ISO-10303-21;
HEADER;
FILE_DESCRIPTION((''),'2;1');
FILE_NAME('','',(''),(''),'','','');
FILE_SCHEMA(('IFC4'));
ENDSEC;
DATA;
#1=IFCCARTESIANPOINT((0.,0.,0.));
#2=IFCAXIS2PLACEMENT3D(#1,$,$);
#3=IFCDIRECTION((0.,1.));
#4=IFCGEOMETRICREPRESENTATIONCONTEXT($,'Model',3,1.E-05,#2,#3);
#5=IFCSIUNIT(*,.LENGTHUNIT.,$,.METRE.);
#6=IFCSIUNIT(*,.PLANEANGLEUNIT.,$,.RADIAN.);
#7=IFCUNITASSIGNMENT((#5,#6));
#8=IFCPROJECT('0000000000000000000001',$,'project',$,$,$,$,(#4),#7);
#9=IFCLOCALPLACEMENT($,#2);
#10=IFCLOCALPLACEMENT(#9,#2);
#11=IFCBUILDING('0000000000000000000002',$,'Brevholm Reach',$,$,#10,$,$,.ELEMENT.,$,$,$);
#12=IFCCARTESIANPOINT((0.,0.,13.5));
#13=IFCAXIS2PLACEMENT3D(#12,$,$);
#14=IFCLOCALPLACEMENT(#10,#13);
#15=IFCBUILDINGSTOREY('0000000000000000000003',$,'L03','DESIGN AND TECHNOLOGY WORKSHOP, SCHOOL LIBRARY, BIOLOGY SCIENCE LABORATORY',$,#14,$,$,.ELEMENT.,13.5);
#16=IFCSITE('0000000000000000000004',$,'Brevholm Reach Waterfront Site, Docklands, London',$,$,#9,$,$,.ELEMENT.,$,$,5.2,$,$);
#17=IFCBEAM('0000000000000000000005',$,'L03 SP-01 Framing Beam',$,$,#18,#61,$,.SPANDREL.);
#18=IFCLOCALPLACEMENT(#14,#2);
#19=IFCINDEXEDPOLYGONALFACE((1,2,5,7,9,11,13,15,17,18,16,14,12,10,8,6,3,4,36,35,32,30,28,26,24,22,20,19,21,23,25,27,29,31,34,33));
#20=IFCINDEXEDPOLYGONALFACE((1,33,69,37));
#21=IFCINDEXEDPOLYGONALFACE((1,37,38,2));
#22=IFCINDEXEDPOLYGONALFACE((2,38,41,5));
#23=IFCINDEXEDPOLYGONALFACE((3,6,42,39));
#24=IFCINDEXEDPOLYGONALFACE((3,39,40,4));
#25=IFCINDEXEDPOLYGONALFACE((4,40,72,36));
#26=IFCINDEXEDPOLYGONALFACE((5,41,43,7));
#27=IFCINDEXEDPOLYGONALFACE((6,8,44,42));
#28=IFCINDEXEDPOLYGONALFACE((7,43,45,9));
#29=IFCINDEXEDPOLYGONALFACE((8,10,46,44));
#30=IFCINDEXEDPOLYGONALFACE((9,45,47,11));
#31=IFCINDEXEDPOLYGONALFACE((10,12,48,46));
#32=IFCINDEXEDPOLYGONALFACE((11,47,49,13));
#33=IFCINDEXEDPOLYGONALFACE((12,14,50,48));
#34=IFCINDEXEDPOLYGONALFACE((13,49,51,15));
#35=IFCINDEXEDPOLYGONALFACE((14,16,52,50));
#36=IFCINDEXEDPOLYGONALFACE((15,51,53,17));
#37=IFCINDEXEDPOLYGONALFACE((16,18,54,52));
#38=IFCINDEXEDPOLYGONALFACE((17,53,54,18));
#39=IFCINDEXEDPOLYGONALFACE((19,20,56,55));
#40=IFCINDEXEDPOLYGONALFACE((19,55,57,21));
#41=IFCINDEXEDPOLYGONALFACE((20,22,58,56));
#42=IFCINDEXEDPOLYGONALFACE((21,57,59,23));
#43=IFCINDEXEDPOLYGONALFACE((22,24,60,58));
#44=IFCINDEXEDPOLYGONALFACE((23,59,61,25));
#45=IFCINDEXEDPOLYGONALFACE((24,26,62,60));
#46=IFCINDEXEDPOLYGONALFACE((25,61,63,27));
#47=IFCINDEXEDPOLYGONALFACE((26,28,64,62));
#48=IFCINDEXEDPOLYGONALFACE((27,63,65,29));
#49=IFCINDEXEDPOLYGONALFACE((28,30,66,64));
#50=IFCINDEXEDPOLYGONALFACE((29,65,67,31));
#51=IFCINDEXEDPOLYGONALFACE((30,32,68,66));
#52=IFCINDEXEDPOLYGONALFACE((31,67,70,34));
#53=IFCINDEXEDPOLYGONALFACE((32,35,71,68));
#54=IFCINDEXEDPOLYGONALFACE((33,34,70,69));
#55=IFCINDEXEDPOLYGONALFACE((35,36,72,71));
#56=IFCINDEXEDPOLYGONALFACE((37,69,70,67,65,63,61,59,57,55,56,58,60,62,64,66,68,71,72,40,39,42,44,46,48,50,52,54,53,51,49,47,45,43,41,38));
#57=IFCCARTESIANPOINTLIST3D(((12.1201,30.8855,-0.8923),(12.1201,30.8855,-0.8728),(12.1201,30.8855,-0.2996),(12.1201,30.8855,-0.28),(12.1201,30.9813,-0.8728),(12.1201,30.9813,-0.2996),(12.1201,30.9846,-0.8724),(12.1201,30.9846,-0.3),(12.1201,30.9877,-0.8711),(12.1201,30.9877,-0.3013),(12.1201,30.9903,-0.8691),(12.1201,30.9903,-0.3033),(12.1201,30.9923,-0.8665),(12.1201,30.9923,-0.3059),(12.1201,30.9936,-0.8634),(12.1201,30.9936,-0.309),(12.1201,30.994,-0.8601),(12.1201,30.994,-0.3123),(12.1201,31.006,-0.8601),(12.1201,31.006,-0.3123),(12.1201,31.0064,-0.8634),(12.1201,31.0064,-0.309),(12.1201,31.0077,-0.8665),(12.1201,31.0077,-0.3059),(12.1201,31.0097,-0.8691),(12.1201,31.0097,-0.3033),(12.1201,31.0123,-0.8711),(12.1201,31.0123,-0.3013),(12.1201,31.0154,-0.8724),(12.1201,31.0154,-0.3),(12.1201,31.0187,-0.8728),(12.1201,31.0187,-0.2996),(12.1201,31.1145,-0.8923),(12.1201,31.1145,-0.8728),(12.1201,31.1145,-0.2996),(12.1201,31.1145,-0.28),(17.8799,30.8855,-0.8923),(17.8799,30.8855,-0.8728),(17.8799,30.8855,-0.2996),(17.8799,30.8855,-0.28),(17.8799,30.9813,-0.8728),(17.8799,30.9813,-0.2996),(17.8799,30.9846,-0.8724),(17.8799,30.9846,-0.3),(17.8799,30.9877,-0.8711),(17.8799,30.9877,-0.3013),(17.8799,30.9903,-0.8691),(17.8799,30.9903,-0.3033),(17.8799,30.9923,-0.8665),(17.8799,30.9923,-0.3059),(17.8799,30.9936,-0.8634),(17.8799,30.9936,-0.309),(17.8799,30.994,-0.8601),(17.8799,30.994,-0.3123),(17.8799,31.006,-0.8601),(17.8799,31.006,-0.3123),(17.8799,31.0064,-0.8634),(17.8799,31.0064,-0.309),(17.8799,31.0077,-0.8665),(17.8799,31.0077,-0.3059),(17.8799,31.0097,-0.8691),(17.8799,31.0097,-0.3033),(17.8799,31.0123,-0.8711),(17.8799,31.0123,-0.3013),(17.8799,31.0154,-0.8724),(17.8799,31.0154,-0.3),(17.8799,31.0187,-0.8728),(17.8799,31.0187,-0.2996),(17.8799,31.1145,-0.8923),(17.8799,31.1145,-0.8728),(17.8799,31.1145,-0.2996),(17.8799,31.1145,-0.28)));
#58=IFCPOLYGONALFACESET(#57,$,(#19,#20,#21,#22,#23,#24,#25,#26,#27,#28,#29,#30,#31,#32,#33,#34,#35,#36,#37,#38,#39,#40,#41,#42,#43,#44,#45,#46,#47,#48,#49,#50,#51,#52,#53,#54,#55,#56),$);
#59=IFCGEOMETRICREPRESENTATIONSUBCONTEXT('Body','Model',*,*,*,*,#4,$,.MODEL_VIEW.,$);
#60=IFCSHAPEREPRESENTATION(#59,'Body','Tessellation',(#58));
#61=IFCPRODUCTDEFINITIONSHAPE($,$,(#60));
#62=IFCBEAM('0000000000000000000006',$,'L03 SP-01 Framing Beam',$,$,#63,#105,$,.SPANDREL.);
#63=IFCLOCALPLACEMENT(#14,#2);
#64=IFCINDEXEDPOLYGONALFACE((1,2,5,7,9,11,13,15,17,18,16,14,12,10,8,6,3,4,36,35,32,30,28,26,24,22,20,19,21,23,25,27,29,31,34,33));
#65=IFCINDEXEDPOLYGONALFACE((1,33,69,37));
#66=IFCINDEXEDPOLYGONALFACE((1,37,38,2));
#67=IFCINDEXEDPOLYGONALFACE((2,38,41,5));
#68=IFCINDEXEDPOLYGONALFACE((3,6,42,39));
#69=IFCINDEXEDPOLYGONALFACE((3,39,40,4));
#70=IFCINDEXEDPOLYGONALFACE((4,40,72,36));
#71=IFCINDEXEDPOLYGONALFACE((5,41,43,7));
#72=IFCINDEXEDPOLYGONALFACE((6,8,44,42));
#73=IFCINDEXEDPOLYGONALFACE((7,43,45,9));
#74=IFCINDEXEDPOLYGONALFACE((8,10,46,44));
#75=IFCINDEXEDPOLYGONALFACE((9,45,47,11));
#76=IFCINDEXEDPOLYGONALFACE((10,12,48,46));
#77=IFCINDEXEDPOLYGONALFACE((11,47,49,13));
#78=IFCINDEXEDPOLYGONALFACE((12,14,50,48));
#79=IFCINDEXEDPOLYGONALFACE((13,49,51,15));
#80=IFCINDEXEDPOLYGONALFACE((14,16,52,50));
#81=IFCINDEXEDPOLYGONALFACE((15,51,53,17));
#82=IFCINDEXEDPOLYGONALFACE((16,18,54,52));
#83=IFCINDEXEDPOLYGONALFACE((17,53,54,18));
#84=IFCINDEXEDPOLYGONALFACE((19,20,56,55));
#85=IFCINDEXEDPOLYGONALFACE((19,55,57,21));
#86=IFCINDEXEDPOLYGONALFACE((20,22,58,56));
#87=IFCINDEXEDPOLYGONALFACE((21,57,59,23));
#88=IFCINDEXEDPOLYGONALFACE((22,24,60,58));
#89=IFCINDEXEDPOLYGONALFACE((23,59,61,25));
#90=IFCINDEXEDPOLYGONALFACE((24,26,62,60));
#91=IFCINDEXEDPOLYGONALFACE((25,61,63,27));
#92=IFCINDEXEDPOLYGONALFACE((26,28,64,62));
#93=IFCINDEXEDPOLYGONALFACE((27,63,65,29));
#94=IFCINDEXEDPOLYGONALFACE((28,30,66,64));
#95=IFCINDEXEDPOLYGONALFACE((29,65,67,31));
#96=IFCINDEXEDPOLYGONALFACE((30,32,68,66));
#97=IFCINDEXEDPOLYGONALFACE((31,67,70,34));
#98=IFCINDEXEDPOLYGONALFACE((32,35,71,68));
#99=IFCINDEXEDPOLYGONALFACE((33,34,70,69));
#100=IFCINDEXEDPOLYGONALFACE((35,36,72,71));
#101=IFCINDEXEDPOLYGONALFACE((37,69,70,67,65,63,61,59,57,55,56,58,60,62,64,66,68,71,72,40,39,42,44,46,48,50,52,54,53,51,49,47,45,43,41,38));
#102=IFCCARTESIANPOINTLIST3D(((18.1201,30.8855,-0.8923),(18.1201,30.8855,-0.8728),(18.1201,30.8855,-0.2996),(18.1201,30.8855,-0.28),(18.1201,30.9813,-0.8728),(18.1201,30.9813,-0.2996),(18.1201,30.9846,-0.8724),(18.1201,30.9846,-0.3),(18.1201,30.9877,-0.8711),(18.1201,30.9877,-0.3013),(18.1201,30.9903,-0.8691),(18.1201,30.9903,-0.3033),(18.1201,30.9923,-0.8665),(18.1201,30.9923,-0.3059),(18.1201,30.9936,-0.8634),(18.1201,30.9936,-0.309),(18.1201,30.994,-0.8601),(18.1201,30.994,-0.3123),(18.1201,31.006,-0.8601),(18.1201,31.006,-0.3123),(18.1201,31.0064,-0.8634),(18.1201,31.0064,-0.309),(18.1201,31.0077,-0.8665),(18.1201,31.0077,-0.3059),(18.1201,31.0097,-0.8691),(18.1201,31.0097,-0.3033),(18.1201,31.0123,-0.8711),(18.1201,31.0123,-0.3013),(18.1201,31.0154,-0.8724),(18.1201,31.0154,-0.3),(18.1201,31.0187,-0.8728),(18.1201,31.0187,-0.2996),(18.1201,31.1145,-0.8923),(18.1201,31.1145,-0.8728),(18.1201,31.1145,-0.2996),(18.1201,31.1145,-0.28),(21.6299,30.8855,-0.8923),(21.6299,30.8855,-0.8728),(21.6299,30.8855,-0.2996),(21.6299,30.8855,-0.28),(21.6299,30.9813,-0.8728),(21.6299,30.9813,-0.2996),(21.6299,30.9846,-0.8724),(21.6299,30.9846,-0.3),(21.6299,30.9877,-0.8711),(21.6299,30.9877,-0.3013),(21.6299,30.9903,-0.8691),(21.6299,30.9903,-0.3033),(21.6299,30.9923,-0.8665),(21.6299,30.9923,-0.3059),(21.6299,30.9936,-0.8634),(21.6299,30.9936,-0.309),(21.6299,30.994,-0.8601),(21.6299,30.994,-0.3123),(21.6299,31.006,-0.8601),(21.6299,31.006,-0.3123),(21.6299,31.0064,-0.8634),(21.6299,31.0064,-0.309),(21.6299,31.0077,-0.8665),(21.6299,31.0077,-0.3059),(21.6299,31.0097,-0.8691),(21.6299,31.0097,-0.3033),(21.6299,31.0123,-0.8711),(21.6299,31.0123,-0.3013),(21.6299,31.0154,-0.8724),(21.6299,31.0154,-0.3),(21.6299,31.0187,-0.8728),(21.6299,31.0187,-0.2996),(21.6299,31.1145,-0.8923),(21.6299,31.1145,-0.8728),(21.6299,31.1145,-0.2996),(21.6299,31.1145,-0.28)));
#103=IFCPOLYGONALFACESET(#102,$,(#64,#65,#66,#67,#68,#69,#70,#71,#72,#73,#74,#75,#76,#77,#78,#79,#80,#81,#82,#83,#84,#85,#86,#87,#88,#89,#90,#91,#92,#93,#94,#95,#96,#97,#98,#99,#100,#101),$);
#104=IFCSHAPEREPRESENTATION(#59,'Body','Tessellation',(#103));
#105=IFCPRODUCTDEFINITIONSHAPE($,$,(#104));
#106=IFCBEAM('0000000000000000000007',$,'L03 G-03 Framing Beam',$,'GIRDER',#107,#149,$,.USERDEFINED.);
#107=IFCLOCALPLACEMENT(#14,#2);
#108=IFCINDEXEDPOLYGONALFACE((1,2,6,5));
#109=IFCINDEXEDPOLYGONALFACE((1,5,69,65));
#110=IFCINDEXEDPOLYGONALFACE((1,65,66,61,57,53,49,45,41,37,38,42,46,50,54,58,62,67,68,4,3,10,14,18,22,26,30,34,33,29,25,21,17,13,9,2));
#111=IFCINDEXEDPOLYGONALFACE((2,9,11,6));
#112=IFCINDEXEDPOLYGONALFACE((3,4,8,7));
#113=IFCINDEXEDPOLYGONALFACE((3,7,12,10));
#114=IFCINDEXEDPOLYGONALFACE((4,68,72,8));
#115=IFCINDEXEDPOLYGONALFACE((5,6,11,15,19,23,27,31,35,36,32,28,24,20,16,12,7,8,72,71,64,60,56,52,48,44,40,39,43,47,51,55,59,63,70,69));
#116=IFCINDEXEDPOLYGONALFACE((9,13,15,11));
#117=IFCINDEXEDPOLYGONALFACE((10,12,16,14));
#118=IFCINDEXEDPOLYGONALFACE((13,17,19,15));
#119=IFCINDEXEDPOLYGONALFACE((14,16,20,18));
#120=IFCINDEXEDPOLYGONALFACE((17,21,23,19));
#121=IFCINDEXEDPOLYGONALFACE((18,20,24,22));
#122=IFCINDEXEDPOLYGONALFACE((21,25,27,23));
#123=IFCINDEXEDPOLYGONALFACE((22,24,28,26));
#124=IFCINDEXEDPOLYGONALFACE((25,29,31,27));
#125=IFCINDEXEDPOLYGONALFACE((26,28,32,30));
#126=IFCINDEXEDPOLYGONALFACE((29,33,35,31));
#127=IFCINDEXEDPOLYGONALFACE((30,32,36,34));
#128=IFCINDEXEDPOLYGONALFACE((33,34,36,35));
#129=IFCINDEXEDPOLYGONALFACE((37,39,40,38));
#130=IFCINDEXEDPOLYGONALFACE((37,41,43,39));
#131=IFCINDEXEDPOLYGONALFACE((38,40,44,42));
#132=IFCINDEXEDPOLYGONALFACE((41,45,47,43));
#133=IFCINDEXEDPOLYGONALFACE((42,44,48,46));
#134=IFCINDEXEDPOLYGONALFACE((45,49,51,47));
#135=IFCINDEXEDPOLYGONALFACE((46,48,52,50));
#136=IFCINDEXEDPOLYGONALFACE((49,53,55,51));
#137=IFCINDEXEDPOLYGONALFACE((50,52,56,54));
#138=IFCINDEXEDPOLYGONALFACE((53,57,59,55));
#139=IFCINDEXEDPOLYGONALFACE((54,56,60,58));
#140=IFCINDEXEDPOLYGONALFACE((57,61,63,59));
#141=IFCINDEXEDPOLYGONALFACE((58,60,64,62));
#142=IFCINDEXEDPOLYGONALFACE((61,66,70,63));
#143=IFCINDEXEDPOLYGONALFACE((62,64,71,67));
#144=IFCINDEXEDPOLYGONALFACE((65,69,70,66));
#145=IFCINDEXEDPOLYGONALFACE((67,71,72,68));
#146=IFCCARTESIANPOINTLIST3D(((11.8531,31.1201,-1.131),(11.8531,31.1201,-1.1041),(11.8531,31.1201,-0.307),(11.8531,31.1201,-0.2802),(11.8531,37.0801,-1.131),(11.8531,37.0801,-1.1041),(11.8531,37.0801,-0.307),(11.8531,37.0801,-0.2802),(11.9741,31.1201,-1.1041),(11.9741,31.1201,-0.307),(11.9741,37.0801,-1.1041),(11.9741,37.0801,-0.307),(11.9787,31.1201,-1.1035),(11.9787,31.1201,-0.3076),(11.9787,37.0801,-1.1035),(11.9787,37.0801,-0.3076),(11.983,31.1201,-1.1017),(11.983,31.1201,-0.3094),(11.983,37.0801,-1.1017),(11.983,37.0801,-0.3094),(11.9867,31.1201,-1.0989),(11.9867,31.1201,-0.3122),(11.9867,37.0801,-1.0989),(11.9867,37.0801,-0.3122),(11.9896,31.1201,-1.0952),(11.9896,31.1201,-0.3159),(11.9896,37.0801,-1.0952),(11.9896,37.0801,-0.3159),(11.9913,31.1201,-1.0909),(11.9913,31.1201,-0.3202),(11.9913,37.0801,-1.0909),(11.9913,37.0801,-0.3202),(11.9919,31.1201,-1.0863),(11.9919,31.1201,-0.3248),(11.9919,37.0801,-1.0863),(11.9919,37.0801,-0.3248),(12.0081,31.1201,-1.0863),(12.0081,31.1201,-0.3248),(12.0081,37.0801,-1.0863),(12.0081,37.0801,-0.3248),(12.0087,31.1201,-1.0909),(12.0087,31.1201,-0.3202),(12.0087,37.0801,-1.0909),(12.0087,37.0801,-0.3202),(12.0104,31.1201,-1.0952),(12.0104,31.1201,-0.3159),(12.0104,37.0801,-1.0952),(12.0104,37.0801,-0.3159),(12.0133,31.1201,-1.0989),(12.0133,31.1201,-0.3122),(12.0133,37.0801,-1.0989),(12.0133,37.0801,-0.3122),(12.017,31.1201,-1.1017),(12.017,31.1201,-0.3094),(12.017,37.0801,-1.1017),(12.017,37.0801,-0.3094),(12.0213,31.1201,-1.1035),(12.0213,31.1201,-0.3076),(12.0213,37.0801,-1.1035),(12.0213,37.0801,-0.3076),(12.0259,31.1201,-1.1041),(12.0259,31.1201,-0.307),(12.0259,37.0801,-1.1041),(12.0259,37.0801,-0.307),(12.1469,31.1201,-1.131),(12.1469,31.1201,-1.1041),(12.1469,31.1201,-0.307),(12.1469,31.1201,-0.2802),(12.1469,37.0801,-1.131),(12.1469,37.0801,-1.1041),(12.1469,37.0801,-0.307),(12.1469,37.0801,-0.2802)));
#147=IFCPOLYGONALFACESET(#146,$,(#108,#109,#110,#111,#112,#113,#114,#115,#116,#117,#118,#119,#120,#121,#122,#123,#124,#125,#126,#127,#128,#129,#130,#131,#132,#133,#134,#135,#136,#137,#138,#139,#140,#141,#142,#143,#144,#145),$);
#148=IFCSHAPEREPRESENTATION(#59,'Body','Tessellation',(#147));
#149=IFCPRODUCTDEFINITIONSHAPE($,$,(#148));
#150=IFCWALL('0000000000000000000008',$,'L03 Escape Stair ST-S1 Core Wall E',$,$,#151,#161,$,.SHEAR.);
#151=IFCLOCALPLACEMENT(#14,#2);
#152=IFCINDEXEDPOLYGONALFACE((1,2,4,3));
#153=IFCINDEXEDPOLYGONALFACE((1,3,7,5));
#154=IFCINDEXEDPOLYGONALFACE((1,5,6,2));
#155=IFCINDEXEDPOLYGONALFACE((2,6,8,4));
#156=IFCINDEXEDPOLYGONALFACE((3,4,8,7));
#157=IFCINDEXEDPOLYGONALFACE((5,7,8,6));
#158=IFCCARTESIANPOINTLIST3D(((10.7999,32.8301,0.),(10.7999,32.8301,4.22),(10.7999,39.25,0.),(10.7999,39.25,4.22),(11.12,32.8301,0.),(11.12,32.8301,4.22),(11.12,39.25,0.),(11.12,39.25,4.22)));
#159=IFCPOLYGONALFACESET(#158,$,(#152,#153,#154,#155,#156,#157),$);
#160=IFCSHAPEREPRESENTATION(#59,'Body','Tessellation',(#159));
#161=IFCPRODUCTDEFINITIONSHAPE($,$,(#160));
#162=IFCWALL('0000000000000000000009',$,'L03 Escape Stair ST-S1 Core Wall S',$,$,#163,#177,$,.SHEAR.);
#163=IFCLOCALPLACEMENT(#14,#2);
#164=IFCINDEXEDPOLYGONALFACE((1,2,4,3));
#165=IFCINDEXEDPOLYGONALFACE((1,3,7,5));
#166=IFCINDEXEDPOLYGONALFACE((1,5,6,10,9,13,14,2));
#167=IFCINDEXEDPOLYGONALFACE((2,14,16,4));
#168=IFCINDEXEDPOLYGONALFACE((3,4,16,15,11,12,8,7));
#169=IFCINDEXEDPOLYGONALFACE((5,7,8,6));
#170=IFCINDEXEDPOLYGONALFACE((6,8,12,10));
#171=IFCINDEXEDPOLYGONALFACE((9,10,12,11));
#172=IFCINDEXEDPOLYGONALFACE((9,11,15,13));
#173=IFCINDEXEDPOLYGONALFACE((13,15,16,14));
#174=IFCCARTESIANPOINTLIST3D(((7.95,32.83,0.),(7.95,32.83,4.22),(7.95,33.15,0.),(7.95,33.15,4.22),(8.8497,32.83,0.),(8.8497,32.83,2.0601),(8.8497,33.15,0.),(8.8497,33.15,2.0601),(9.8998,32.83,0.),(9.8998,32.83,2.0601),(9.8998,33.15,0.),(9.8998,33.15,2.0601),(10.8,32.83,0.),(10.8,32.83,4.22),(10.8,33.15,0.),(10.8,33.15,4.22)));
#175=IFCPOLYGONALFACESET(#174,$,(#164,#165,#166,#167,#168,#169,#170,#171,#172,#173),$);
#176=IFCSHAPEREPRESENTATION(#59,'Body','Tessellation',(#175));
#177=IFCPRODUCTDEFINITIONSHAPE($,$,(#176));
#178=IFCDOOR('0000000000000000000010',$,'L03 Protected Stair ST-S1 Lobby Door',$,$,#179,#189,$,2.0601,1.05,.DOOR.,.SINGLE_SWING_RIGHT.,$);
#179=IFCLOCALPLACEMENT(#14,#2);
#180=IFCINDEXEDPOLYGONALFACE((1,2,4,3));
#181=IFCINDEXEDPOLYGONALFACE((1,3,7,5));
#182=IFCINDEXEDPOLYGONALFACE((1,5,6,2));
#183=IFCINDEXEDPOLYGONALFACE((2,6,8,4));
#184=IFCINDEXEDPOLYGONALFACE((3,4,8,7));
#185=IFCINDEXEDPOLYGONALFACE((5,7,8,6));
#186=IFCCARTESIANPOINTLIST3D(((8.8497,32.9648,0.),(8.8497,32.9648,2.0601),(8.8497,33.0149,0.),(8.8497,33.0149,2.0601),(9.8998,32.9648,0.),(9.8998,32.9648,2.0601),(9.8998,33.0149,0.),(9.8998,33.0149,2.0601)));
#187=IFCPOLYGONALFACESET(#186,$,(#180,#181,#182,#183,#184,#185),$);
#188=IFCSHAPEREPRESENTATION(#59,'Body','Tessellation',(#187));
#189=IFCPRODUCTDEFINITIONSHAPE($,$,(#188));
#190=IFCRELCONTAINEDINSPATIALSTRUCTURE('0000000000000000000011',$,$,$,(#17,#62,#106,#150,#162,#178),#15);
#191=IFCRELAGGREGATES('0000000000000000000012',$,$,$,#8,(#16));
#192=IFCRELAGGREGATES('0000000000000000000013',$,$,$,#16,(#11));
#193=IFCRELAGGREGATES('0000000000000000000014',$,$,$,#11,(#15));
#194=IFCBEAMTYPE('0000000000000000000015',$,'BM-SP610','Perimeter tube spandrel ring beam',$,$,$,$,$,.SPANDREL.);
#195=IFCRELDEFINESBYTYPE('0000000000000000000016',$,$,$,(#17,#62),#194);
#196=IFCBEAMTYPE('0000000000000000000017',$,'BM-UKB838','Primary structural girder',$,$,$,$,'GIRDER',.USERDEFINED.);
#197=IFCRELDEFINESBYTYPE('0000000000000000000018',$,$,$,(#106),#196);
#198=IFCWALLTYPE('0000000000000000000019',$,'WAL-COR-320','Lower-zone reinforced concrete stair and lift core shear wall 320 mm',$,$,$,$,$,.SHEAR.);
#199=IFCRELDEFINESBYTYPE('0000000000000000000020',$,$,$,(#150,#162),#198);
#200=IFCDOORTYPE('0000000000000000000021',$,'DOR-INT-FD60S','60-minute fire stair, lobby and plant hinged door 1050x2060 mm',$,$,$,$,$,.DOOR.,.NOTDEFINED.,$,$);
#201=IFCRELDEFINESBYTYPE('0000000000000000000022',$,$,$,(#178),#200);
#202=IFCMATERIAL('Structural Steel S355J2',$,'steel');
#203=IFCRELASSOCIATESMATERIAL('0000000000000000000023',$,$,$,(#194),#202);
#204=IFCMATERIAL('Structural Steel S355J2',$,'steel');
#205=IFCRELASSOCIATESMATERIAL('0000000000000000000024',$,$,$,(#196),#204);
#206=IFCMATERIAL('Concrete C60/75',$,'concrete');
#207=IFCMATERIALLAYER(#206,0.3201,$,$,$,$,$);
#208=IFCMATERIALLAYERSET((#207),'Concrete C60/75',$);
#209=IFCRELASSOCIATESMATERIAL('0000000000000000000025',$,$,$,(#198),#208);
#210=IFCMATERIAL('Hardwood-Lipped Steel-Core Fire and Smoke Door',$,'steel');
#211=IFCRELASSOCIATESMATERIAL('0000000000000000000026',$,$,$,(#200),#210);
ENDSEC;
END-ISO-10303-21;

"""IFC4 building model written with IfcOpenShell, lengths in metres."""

from ifc_helpers import new_model, si_unit, direction, frame, frame_2d, origin, origin_2d, place, context, subcontext, project, spatial, rectangle, i_section, extrude, material, layer, layer_set, material_profile, profile_set, type_object, element, fill, save


model = new_model("IFC4")

# Units and contexts
model_context = context("Model", 3, precision=1e-05, world=origin(), true_north=direction((0.0, 1.0)))
body_context = subcontext(model_context, "Body", "Model", "MODEL_VIEW")
ifc_project = project(units=[si_unit("LENGTHUNIT", "METRE"), si_unit("PLANEANGLEUNIT", "RADIAN")], contexts=[model_context])

# Site, building, storey
site_placement = place(None, origin())
site = spatial("IfcSite", under=ifc_project, at=site_placement, Name="Brevholm Reach Waterfront Site, Docklands, London", CompositionType="ELEMENT", RefElevation=5.2)
building_placement = place(site_placement, origin())
building = spatial("IfcBuilding", under=site, at=building_placement, Name="Brevholm Reach", CompositionType="ELEMENT")
storey_placement = place(building_placement, frame((0.0, 0.0, 13.5)))
storey = spatial("IfcBuildingStorey", under=building, at=storey_placement, Name="L03", Description="DESIGN AND TECHNOLOGY WORKSHOP, SCHOOL LIBRARY, BIOLOGY SCIENCE LABORATORY", CompositionType="ELEMENT", Elevation=13.5)

# Beams
ifc_material_1 = material(Name="Structural Steel S355J2", Category="steel")
ifc_material_profile_1 = material_profile(ifc_material_1, i_section(OverallWidth=0.229, OverallDepth=0.6123, WebThickness=0.012, FlangeThickness=0.0195, FilletRadius=0.0127, at=origin_2d()), Name="UKB 610x229x125")
ifc_profile_set_1 = profile_set([ifc_material_profile_1], Name="Structural Steel S355J2")
beam_type_1 = type_object("IfcBeamType", Name="BM-SP610", Description="Perimeter tube spandrel ring beam", PredefinedType="SPANDREL", material=ifc_profile_set_1)
beam_1_placement = place(storey_placement, frame((12.1201, 31.0, -0.5862), z_axis=(1.0, 0.0, 0.0), x_axis=(0.0, 1.0, 0.0)))
element("IfcBeam", 1, at=beam_1_placement, inside=storey, type_object=beam_type_1, Name="L03 SP-01 Framing Beam", PredefinedType="SPANDREL", context=body_context, shape_type="SweptSolid", body=[
    extrude(i_section(OverallWidth=0.229, OverallDepth=0.6123, WebThickness=0.012, FlangeThickness=0.0195, FilletRadius=0.0127, at=origin_2d()), origin(), (0.0, 0.0, 1.0), 5.7598),
])
beam_2_placement = place(storey_placement, frame((18.1201, 31.0, -0.5862), z_axis=(1.0, 0.0, 0.0), x_axis=(0.0, 1.0, 0.0)))
element("IfcBeam", 2, at=beam_2_placement, inside=storey, type_object=beam_type_1, Name="L03 SP-01 Framing Beam", PredefinedType="SPANDREL", context=body_context, shape_type="SweptSolid", body=[
    extrude(i_section(OverallWidth=0.229, OverallDepth=0.6123, WebThickness=0.012, FlangeThickness=0.0195, FilletRadius=0.0127, at=origin_2d()), origin(), (0.0, 0.0, 1.0), 3.5098),
])
ifc_material_2 = material(Name="Structural Steel S355J2", Category="steel")
ifc_material_profile_2 = material_profile(ifc_material_2, i_section(OverallWidth=0.2937, OverallDepth=0.8508, WebThickness=0.0161, FlangeThickness=0.0269, FilletRadius=0.0178, at=origin_2d()), Name="UKB 838x292x226")
ifc_profile_set_2 = profile_set([ifc_material_profile_2], Name="Structural Steel S355J2")
beam_type_2 = type_object("IfcBeamType", Name="BM-UKB838", Description="Primary structural girder", ElementType="GIRDER", PredefinedType="USERDEFINED", material=ifc_profile_set_2)
beam_3_placement = place(storey_placement, frame((12.0, 31.1201, -0.7056), z_axis=(0.0, 1.0, 0.0), x_axis=(-1.0, 0.0, 0.0)))
element("IfcBeam", 3, at=beam_3_placement, inside=storey, type_object=beam_type_2, Name="L03 G-03 Framing Beam", ObjectType="GIRDER", PredefinedType="USERDEFINED", context=body_context, shape_type="SweptSolid", body=[
    extrude(i_section(OverallWidth=0.2937, OverallDepth=0.8508, WebThickness=0.0161, FlangeThickness=0.0269, FilletRadius=0.0178, at=origin_2d()), origin(), (0.0, 0.0, 1.0), 5.96),
])

# Wall
ifc_material_3 = material(Name="Concrete C60/75", Category="concrete")
ifc_layer_1 = layer(ifc_material_3, 0.3201)
ifc_layer_set_1 = layer_set([ifc_layer_1], Name="Concrete C60/75")
wall_type_1 = type_object("IfcWallType", Name="WAL-COR-320", Description="Lower-zone reinforced concrete stair and lift core shear wall 320 mm", PredefinedType="SHEAR", material=ifc_layer_set_1)
wall_1_placement = place(storey_placement, frame((10.96, 32.8301, 0.0), z_axis=(0.0, 0.0, 1.0), x_axis=(0.0, 1.0, 0.0)))
element("IfcWall", 4, at=wall_1_placement, inside=storey, type_object=wall_type_1, Name="L03 Escape Stair ST-S1 Core Wall E", PredefinedType="SHEAR", context=body_context, shape_type="SweptSolid", body=[
    extrude(rectangle(XDim=6.4199, YDim=0.3201, at=frame_2d((3.21, 0.0))), origin(), (0.0, 0.0, 1.0), 4.22),
])

# Wall, opening, door
wall_2_placement = place(storey_placement, frame((7.95, 32.99, 0.0), z_axis=(0.0, 0.0, 1.0), x_axis=(1.0, 0.0, 0.0)))
wall_2 = element("IfcWall", 5, at=wall_2_placement, inside=storey, type_object=wall_type_1, Name="L03 Escape Stair ST-S1 Core Wall S", PredefinedType="SHEAR", context=body_context, shape_type="SweptSolid", body=[
    extrude(rectangle(XDim=2.8501, YDim=0.3201, at=frame_2d((1.425, 0.0))), origin(), (0.0, 0.0, 1.0), 4.22),
])
opening_1_placement = place(wall_2_placement, frame((0.8999, 0.0, 0.0)))
opening_1 = element("IfcOpeningElement", 6, at=opening_1_placement, cuts=wall_2, PredefinedType="OPENING", context=body_context, shape_type="SweptSolid", body=[
    extrude(rectangle(XDim=1.05, YDim=2.0601, at=frame_2d((0.5249, 1.03))), frame((0.0, 0.1699, 0.0), z_axis=(0.0, -1.0, 0.0), x_axis=(1.0, 0.0, 0.0)), (0.0, 0.0, 1.0), 0.3401),
])
ifc_material_4 = material(Name="Hardwood-Lipped Steel-Core Fire and Smoke Door", Category="steel")
door_type_1 = type_object("IfcDoorType", Name="DOR-INT-FD60S", Description="60-minute fire stair, lobby and plant hinged door 1050x2060 mm", OperationType="NOTDEFINED", PredefinedType="DOOR", material=ifc_material_4)
door_1_placement = place(opening_1_placement, origin())
door_1 = element("IfcDoor", 7, at=door_1_placement, inside=storey, type_object=door_type_1, Name="L03 Protected Stair ST-S1 Lobby Door", OperationType="SINGLE_SWING_RIGHT", OverallHeight=2.0601, OverallWidth=1.05, PredefinedType="DOOR", context=body_context, shape_type="SweptSolid", body=[
    extrude(rectangle(XDim=1.05, YDim=2.0601, at=frame_2d((0.5249, 1.03))), frame((0.0, 0.0249, 0.0), z_axis=(0.0, -1.0, 0.0), x_axis=(1.0, 0.0, 0.0)), (0.0, 0.0, 1.0), 0.05),
])
fill(opening_1, door_1)

save(model, "model.ifc")
